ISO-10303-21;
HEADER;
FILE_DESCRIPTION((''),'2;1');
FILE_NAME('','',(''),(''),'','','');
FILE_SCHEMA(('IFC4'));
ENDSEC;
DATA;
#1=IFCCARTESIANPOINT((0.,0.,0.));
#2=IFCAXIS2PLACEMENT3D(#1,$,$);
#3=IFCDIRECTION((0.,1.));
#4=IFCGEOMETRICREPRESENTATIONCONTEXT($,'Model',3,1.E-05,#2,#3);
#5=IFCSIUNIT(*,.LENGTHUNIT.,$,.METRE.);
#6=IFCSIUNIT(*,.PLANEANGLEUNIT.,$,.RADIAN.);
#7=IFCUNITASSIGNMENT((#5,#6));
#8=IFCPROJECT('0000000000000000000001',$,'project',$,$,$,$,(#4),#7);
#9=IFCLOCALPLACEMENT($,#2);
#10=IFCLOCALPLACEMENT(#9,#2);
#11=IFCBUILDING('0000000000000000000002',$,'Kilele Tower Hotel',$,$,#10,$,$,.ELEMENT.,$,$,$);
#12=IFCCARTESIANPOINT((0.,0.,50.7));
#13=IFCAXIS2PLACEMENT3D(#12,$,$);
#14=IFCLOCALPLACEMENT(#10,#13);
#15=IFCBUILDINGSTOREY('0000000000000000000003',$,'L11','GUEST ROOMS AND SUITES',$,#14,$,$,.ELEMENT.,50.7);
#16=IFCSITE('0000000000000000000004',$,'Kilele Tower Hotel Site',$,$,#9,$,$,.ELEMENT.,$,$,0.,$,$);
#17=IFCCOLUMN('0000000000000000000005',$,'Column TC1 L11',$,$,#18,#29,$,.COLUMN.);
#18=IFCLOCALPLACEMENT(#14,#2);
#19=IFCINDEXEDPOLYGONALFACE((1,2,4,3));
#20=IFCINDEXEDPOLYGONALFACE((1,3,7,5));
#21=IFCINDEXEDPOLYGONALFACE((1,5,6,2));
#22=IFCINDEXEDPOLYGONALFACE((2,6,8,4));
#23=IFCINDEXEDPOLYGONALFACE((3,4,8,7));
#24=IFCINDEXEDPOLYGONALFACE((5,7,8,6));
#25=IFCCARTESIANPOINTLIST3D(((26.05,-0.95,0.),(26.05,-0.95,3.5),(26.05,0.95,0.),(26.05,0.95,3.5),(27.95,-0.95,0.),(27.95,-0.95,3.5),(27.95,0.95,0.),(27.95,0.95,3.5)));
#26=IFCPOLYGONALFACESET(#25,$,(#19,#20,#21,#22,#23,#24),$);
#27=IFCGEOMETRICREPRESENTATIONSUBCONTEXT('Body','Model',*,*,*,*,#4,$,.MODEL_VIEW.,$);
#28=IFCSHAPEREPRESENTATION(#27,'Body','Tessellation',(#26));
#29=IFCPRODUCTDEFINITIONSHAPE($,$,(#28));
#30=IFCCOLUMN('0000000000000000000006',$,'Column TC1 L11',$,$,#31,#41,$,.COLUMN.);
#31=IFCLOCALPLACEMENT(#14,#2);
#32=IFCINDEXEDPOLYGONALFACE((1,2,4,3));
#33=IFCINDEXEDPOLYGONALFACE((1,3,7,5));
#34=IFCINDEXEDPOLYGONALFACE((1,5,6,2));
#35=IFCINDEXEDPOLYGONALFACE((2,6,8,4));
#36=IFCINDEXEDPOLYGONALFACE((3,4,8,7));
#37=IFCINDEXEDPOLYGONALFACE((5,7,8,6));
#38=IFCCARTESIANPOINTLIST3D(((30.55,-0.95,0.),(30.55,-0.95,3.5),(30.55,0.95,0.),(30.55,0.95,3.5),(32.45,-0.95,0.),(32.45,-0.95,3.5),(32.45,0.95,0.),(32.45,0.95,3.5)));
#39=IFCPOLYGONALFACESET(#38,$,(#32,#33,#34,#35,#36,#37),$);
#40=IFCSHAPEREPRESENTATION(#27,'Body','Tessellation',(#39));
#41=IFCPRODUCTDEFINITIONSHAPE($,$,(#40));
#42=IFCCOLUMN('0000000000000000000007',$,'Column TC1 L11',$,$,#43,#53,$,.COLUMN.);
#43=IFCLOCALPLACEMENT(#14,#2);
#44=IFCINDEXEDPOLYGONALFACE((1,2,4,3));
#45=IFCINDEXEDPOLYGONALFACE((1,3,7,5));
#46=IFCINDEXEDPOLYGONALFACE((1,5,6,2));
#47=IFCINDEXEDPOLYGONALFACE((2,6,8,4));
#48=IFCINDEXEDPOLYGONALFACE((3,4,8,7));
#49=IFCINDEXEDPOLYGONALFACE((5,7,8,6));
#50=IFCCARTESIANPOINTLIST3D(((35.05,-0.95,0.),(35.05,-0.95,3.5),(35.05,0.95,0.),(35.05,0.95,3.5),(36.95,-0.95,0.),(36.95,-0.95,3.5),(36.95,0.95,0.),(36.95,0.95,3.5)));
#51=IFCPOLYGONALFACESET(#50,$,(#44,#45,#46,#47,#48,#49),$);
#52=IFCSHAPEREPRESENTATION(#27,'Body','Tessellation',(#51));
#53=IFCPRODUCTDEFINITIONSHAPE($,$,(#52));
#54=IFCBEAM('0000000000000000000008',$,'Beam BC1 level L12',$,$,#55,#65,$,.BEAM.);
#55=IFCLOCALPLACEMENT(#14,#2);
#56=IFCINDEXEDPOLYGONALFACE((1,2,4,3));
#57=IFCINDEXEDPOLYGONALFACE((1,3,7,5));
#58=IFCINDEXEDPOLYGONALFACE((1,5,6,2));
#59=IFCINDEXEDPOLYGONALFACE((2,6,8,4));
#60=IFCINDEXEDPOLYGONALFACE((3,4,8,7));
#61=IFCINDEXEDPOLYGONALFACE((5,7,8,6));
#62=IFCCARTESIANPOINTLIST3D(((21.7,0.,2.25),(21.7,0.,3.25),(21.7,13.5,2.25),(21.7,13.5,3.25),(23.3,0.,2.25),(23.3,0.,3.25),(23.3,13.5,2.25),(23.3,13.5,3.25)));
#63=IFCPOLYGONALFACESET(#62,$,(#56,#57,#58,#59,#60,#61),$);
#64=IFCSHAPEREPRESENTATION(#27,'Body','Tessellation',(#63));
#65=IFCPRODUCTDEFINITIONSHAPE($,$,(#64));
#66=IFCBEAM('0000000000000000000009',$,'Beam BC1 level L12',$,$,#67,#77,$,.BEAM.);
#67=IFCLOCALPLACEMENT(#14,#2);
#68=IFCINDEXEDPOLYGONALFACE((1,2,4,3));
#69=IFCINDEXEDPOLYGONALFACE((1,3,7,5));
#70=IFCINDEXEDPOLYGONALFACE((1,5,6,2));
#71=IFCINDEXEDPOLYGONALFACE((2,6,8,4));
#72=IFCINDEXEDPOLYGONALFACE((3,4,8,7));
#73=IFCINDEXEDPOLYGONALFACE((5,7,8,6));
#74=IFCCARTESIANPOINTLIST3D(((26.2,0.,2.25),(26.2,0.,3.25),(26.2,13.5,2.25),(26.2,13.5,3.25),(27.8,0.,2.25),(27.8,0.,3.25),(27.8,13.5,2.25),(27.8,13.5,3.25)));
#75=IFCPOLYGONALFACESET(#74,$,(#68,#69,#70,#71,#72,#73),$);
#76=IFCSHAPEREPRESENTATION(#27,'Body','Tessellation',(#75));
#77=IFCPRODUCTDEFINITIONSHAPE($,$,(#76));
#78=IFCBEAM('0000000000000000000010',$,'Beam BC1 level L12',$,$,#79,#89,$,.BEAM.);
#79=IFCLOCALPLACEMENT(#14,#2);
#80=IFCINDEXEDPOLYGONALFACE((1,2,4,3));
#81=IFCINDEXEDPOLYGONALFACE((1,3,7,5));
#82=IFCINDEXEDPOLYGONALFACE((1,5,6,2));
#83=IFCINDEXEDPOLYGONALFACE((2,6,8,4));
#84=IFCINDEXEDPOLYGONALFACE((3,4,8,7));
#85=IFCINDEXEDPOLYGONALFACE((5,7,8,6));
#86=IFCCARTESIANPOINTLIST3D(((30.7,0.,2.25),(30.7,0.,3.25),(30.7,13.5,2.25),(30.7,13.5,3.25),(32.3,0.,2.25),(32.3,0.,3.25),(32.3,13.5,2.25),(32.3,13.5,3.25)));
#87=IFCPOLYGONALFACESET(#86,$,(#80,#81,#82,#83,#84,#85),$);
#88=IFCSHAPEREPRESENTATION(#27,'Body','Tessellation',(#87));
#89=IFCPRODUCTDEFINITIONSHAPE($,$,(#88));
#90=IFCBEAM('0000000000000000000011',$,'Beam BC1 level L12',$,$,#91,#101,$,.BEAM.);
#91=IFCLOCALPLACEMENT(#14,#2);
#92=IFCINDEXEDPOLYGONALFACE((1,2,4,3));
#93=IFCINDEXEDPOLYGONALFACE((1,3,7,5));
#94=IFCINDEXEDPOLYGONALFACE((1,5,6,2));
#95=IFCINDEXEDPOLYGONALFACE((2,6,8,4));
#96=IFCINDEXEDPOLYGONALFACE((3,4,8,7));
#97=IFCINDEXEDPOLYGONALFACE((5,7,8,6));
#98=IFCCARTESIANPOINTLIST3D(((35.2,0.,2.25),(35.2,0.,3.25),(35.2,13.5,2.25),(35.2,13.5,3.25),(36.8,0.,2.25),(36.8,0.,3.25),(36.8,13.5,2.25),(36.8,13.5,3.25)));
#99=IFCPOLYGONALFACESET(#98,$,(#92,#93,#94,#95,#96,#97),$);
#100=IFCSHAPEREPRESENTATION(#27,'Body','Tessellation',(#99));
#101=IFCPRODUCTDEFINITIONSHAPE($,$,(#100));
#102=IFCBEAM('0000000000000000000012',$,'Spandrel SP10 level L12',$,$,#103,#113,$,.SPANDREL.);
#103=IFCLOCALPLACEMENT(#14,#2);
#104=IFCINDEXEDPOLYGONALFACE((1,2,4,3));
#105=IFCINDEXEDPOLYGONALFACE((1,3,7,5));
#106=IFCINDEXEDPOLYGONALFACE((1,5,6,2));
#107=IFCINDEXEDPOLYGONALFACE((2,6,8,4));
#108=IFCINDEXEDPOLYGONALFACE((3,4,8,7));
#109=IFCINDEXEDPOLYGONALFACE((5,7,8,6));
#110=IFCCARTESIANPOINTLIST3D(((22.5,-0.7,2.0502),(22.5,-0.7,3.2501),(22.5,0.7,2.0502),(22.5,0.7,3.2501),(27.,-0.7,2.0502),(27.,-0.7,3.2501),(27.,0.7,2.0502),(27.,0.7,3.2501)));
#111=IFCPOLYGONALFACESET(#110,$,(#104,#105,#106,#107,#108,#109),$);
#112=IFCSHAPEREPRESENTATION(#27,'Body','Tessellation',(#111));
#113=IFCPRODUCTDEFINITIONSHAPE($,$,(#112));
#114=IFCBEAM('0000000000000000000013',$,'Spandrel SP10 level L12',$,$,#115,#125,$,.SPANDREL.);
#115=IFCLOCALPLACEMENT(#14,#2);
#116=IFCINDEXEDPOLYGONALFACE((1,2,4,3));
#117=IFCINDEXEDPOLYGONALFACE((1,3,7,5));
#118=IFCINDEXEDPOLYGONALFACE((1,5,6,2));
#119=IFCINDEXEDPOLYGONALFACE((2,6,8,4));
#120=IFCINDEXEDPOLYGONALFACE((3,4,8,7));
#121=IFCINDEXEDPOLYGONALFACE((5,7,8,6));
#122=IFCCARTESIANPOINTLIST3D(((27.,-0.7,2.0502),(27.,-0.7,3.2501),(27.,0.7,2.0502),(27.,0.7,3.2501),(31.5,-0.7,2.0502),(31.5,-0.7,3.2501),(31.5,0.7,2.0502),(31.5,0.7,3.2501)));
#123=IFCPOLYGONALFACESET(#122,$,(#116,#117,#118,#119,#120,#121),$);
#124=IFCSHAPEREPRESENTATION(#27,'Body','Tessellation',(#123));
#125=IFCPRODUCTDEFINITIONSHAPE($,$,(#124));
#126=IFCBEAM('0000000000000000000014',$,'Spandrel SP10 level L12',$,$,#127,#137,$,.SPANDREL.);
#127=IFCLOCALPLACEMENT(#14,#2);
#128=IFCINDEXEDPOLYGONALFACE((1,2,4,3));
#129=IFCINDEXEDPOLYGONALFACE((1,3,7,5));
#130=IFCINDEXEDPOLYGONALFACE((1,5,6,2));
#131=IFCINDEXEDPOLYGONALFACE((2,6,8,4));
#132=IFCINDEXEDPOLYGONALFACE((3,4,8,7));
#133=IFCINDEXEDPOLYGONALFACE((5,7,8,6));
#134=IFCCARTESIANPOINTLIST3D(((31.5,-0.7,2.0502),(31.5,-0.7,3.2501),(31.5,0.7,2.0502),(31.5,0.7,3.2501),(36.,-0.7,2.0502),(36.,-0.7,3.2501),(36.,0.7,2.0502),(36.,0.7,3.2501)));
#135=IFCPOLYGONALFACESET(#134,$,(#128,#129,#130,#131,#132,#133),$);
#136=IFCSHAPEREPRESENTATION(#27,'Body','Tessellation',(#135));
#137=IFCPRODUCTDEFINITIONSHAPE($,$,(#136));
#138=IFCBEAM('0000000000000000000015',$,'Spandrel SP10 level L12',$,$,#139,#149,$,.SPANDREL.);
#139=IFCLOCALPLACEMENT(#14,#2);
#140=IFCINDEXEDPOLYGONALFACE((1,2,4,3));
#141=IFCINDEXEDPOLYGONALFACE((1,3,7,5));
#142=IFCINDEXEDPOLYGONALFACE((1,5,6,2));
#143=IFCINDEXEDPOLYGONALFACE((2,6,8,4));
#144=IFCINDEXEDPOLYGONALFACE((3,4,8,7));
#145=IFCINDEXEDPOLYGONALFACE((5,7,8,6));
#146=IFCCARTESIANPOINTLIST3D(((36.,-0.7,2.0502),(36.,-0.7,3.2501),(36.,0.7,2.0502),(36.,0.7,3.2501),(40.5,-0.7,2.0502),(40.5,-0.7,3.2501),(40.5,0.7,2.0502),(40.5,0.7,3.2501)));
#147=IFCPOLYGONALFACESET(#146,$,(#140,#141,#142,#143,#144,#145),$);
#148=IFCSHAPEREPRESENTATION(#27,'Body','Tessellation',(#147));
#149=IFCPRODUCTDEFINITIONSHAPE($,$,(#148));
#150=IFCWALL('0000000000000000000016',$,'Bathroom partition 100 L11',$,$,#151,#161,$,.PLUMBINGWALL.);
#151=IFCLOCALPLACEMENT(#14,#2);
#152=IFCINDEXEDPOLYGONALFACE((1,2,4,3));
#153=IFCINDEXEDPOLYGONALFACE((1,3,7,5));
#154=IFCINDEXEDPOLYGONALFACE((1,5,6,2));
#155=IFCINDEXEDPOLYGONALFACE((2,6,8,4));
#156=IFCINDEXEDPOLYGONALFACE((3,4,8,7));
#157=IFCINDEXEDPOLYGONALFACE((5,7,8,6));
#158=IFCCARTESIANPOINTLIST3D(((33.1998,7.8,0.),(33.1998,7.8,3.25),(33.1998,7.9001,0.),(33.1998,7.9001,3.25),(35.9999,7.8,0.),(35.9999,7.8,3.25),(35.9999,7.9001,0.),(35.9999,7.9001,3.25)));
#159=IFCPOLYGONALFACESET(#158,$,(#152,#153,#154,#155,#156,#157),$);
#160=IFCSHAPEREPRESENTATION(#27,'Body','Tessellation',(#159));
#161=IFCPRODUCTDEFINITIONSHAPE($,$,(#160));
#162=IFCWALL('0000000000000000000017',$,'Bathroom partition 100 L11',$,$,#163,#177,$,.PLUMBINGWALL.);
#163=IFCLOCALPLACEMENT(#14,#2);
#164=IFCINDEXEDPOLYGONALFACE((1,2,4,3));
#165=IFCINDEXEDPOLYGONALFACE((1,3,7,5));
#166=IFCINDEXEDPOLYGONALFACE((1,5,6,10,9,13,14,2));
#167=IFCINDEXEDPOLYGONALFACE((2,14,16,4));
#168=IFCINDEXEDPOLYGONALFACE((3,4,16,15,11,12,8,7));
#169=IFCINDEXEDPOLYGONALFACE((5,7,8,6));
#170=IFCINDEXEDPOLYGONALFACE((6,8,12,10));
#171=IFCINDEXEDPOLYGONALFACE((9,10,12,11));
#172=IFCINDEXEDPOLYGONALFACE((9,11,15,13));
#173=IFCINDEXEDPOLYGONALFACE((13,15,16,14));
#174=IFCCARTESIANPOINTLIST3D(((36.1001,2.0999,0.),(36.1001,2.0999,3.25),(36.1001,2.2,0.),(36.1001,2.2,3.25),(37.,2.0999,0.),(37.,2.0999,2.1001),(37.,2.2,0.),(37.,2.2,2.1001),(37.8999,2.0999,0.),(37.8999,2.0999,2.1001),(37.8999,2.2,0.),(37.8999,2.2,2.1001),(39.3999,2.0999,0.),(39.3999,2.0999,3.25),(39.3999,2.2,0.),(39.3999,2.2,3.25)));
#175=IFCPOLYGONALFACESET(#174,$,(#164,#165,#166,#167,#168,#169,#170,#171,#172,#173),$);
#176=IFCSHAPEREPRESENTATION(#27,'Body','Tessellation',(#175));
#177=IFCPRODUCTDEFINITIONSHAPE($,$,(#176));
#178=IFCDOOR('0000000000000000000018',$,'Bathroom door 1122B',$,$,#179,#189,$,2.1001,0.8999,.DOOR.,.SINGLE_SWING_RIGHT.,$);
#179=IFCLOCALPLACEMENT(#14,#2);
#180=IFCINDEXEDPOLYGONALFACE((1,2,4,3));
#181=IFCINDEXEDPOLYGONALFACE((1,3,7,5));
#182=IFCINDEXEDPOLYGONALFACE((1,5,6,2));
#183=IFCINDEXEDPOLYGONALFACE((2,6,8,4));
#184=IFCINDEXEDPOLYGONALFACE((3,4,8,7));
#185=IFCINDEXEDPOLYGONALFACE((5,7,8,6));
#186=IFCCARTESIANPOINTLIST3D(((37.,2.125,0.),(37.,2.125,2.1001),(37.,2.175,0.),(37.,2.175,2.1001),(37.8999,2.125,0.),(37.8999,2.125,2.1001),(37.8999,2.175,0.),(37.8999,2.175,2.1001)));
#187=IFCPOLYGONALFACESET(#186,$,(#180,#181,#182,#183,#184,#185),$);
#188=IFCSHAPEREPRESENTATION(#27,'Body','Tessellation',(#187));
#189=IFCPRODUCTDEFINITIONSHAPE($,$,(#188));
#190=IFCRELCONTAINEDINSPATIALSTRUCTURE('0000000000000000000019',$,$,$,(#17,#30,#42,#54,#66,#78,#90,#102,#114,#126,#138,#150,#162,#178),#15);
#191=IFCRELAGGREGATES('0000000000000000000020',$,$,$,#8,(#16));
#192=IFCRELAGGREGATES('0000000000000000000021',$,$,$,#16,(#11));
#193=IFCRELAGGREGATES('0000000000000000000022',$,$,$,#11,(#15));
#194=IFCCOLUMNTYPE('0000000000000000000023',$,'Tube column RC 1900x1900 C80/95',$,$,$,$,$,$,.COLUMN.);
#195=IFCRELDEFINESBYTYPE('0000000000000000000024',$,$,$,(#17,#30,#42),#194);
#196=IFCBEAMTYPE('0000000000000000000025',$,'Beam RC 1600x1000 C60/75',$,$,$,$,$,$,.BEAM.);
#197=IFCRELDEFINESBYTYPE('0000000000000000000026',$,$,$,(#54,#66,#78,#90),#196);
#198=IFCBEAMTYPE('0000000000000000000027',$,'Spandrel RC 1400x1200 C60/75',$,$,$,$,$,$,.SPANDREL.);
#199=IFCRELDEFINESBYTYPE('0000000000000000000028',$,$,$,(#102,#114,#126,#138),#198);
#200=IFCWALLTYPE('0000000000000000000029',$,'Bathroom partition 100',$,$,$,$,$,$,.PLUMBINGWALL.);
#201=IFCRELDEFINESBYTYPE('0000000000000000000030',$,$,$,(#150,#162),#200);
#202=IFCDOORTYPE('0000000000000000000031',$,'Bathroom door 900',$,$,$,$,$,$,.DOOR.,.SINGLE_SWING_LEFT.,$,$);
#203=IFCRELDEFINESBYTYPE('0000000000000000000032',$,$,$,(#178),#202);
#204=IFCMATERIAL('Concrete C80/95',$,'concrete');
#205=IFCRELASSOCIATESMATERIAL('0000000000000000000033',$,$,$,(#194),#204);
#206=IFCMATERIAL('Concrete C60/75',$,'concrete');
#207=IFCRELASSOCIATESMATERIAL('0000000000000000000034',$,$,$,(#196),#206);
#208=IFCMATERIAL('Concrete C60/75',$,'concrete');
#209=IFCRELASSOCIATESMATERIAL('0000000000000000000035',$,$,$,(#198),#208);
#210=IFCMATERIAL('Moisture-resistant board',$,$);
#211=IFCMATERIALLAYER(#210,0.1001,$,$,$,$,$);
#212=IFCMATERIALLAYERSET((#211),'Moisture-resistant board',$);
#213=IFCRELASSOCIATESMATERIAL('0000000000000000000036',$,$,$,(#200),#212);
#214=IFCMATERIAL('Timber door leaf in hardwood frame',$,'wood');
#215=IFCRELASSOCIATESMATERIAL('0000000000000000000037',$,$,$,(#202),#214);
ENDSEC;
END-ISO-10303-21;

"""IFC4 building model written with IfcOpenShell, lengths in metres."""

from ifc_helpers import new_model, si_unit, direction, frame, frame_2d, origin, origin_2d, place, context, subcontext, project, spatial, rectangle, extrude, material, layer, layer_set, material_profile, profile_set, type_object, element, fill, save


model = new_model("IFC4")

# Units and contexts
model_context = context("Model", 3, precision=1e-05, world=origin(), true_north=direction((0.0, 1.0)))
body_context = subcontext(model_context, "Body", "Model", "MODEL_VIEW")
ifc_project = project(units=[si_unit("LENGTHUNIT", "METRE"), si_unit("PLANEANGLEUNIT", "RADIAN")], contexts=[model_context])

# Site, building, storey
site_placement = place(None, origin())
site = spatial("IfcSite", under=ifc_project, at=site_placement, Name="Kilele Tower Hotel Site", CompositionType="ELEMENT", RefElevation=0.0)
building_placement = place(site_placement, origin())
building = spatial("IfcBuilding", under=site, at=building_placement, Name="Kilele Tower Hotel", CompositionType="ELEMENT")
storey_placement = place(building_placement, frame((0.0, 0.0, 50.7)))
storey = spatial("IfcBuildingStorey", under=building, at=storey_placement, Name="L11", Description="GUEST ROOMS AND SUITES", CompositionType="ELEMENT", Elevation=50.7)

# Columns
ifc_material_1 = material(Name="Concrete C80/95", Category="concrete")
ifc_material_profile_1 = material_profile(ifc_material_1, rectangle(XDim=1.8999, YDim=1.8999, at=origin_2d()))
ifc_profile_set_1 = profile_set([ifc_material_profile_1], Name="Concrete C80/95")
column_type = type_object("IfcColumnType", Name="Tube column RC 1900x1900 C80/95", PredefinedType="COLUMN", material=ifc_profile_set_1)
for number, where, z_axis, x_axis, name in (
    (1, (27.0, 0.0, 0.0), (0.0, 0.0, 1.0), (1.0, 0.0, 0.0), "Column TC1 L11"),
    (2, (31.5, 0.0, 0.0), (0.0, 0.0, 1.0), (1.0, 0.0, 0.0), "Column TC1 L11"),
    (3, (36.0, 0.0, 0.0), (0.0, 0.0, 1.0), (1.0, 0.0, 0.0), "Column TC1 L11"),
):
    element("IfcColumn", number, at=place(storey_placement, frame(where, z_axis=z_axis, x_axis=x_axis)), inside=storey, type_object=column_type, Name=name, PredefinedType="COLUMN", context=body_context, shape_type="SweptSolid", body=[
        extrude(rectangle(XDim=1.8999, YDim=1.8999, at=origin_2d()), origin(), (0.0, 0.0, 1.0), 3.5),
    ])

# Beams
ifc_material_2 = material(Name="Concrete C60/75", Category="concrete")
ifc_material_profile_2 = material_profile(ifc_material_2, rectangle(XDim=1.6001, YDim=1.0, at=origin_2d()))
ifc_profile_set_2 = profile_set([ifc_material_profile_2], Name="Concrete C60/75")
beam_type_1 = type_object("IfcBeamType", Name="Beam RC 1600x1000 C60/75", PredefinedType="BEAM", material=ifc_profile_set_2)
for number, where, z_axis, x_axis, name in (
    (4, (22.5, 0.0, 2.75), (0.0, 1.0, 0.0), (-1.0, 0.0, 0.0), "Beam BC1 level L12"),
    (5, (27.0, 0.0, 2.75), (0.0, 1.0, 0.0), (-1.0, 0.0, 0.0), "Beam BC1 level L12"),
    (6, (31.5, 0.0, 2.75), (0.0, 1.0, 0.0), (-1.0, 0.0, 0.0), "Beam BC1 level L12"),
    (7, (36.0, 0.0, 2.75), (0.0, 1.0, 0.0), (-1.0, 0.0, 0.0), "Beam BC1 level L12"),
):
    element("IfcBeam", number, at=place(storey_placement, frame(where, z_axis=z_axis, x_axis=x_axis)), inside=storey, type_object=beam_type_1, Name=name, PredefinedType="BEAM", context=body_context, shape_type="SweptSolid", body=[
        extrude(rectangle(XDim=1.6001, YDim=1.0, at=origin_2d()), origin(), (0.0, 0.0, 1.0), 13.5),
    ])
ifc_material_3 = material(Name="Concrete C60/75", Category="concrete")
ifc_material_profile_3 = material_profile(ifc_material_3, rectangle(XDim=1.3999, YDim=1.2, at=origin_2d()))
ifc_profile_set_3 = profile_set([ifc_material_profile_3], Name="Concrete C60/75")
beam_type_2 = type_object("IfcBeamType", Name="Spandrel RC 1400x1200 C60/75", PredefinedType="SPANDREL", material=ifc_profile_set_3)
for number, where, z_axis, x_axis, name in (
    (8, (22.5, 0.0, 2.6501), (1.0, 0.0, 0.0), (0.0, 1.0, 0.0), "Spandrel SP10 level L12"),
    (9, (27.0, 0.0, 2.6501), (1.0, 0.0, 0.0), (0.0, 1.0, 0.0), "Spandrel SP10 level L12"),
    (10, (31.5, 0.0, 2.6501), (1.0, 0.0, 0.0), (0.0, 1.0, 0.0), "Spandrel SP10 level L12"),
    (11, (36.0, 0.0, 2.6501), (1.0, 0.0, 0.0), (0.0, 1.0, 0.0), "Spandrel SP10 level L12"),
):
    element("IfcBeam", number, at=place(storey_placement, frame(where, z_axis=z_axis, x_axis=x_axis)), inside=storey, type_object=beam_type_2, Name=name, PredefinedType="SPANDREL", context=body_context, shape_type="SweptSolid", body=[
        extrude(rectangle(XDim=1.3999, YDim=1.2, at=origin_2d()), origin(), (0.0, 0.0, 1.0), 4.5),
    ])

# Wall
ifc_material_4 = material(Name="Moisture-resistant board")
ifc_layer_1 = layer(ifc_material_4, 0.1001)
ifc_layer_set_1 = layer_set([ifc_layer_1], Name="Moisture-resistant board")
wall_type_1 = type_object("IfcWallType", Name="Bathroom partition 100", PredefinedType="PLUMBINGWALL", material=ifc_layer_set_1)
wall_1_placement = place(storey_placement, frame((33.2, 7.8501, 0.0), z_axis=(0.0, 0.0, 1.0), x_axis=(1.0, 0.0, 0.0)))
element("IfcWall", 12, at=wall_1_placement, inside=storey, type_object=wall_type_1, Name="Bathroom partition 100 L11", PredefinedType="PLUMBINGWALL", context=body_context, shape_type="SweptSolid", body=[
    extrude(rectangle(XDim=2.8, YDim=0.1001, at=frame_2d((1.3999, 0.0))), origin(), (0.0, 0.0, 1.0), 3.25),
])

# Wall, opening, door
wall_2_placement = place(storey_placement, frame((36.1001, 2.1499, 0.0), z_axis=(0.0, 0.0, 1.0), x_axis=(1.0, 0.0, 0.0)))
wall_2 = element("IfcWall", 13, at=wall_2_placement, inside=storey, type_object=wall_type_1, Name="Bathroom partition 100 L11", PredefinedType="PLUMBINGWALL", context=body_context, shape_type="SweptSolid", body=[
    extrude(rectangle(XDim=3.2998, YDim=0.1001, at=frame_2d((1.6499, 0.0))), origin(), (0.0, 0.0, 1.0), 3.25),
])
opening_1_placement = place(wall_2_placement, frame((1.7998, 0.0, 0.0), z_axis=(0.0, 0.0, 1.0), x_axis=(-1.0, 0.0, 0.0)))
opening_1 = element("IfcOpeningElement", 14, at=opening_1_placement, cuts=wall_2, PredefinedType="OPENING", context=body_context, shape_type="SweptSolid", body=[
    extrude(rectangle(XDim=0.8999, YDim=2.1001, at=frame_2d((0.45, 1.05))), frame((0.0, 0.0601, 0.0), z_axis=(0.0, -1.0, 0.0), x_axis=(1.0, 0.0, 0.0)), (0.0, 0.0, 1.0), 0.1201),
])
ifc_material_5 = material(Name="Timber door leaf in hardwood frame", Category="wood")
door_type_1 = type_object("IfcDoorType", Name="Bathroom door 900", OperationType="SINGLE_SWING_LEFT", PredefinedType="DOOR", material=ifc_material_5)
door_1_placement = place(opening_1_placement, origin())
door_1 = element("IfcDoor", 15, at=door_1_placement, inside=storey, type_object=door_type_1, Name="Bathroom door 1122B", OperationType="SINGLE_SWING_RIGHT", OverallHeight=2.1001, OverallWidth=0.8999, PredefinedType="DOOR", context=body_context, shape_type="SweptSolid", body=[
    extrude(rectangle(XDim=0.8999, YDim=2.1001, at=frame_2d((0.45, 1.05))), frame((0.0, 0.0249, 0.0), z_axis=(0.0, -1.0, 0.0), x_axis=(1.0, 0.0, 0.0)), (0.0, 0.0, 1.0), 0.05),
])
fill(opening_1, door_1)

save(model, "model.ifc")
